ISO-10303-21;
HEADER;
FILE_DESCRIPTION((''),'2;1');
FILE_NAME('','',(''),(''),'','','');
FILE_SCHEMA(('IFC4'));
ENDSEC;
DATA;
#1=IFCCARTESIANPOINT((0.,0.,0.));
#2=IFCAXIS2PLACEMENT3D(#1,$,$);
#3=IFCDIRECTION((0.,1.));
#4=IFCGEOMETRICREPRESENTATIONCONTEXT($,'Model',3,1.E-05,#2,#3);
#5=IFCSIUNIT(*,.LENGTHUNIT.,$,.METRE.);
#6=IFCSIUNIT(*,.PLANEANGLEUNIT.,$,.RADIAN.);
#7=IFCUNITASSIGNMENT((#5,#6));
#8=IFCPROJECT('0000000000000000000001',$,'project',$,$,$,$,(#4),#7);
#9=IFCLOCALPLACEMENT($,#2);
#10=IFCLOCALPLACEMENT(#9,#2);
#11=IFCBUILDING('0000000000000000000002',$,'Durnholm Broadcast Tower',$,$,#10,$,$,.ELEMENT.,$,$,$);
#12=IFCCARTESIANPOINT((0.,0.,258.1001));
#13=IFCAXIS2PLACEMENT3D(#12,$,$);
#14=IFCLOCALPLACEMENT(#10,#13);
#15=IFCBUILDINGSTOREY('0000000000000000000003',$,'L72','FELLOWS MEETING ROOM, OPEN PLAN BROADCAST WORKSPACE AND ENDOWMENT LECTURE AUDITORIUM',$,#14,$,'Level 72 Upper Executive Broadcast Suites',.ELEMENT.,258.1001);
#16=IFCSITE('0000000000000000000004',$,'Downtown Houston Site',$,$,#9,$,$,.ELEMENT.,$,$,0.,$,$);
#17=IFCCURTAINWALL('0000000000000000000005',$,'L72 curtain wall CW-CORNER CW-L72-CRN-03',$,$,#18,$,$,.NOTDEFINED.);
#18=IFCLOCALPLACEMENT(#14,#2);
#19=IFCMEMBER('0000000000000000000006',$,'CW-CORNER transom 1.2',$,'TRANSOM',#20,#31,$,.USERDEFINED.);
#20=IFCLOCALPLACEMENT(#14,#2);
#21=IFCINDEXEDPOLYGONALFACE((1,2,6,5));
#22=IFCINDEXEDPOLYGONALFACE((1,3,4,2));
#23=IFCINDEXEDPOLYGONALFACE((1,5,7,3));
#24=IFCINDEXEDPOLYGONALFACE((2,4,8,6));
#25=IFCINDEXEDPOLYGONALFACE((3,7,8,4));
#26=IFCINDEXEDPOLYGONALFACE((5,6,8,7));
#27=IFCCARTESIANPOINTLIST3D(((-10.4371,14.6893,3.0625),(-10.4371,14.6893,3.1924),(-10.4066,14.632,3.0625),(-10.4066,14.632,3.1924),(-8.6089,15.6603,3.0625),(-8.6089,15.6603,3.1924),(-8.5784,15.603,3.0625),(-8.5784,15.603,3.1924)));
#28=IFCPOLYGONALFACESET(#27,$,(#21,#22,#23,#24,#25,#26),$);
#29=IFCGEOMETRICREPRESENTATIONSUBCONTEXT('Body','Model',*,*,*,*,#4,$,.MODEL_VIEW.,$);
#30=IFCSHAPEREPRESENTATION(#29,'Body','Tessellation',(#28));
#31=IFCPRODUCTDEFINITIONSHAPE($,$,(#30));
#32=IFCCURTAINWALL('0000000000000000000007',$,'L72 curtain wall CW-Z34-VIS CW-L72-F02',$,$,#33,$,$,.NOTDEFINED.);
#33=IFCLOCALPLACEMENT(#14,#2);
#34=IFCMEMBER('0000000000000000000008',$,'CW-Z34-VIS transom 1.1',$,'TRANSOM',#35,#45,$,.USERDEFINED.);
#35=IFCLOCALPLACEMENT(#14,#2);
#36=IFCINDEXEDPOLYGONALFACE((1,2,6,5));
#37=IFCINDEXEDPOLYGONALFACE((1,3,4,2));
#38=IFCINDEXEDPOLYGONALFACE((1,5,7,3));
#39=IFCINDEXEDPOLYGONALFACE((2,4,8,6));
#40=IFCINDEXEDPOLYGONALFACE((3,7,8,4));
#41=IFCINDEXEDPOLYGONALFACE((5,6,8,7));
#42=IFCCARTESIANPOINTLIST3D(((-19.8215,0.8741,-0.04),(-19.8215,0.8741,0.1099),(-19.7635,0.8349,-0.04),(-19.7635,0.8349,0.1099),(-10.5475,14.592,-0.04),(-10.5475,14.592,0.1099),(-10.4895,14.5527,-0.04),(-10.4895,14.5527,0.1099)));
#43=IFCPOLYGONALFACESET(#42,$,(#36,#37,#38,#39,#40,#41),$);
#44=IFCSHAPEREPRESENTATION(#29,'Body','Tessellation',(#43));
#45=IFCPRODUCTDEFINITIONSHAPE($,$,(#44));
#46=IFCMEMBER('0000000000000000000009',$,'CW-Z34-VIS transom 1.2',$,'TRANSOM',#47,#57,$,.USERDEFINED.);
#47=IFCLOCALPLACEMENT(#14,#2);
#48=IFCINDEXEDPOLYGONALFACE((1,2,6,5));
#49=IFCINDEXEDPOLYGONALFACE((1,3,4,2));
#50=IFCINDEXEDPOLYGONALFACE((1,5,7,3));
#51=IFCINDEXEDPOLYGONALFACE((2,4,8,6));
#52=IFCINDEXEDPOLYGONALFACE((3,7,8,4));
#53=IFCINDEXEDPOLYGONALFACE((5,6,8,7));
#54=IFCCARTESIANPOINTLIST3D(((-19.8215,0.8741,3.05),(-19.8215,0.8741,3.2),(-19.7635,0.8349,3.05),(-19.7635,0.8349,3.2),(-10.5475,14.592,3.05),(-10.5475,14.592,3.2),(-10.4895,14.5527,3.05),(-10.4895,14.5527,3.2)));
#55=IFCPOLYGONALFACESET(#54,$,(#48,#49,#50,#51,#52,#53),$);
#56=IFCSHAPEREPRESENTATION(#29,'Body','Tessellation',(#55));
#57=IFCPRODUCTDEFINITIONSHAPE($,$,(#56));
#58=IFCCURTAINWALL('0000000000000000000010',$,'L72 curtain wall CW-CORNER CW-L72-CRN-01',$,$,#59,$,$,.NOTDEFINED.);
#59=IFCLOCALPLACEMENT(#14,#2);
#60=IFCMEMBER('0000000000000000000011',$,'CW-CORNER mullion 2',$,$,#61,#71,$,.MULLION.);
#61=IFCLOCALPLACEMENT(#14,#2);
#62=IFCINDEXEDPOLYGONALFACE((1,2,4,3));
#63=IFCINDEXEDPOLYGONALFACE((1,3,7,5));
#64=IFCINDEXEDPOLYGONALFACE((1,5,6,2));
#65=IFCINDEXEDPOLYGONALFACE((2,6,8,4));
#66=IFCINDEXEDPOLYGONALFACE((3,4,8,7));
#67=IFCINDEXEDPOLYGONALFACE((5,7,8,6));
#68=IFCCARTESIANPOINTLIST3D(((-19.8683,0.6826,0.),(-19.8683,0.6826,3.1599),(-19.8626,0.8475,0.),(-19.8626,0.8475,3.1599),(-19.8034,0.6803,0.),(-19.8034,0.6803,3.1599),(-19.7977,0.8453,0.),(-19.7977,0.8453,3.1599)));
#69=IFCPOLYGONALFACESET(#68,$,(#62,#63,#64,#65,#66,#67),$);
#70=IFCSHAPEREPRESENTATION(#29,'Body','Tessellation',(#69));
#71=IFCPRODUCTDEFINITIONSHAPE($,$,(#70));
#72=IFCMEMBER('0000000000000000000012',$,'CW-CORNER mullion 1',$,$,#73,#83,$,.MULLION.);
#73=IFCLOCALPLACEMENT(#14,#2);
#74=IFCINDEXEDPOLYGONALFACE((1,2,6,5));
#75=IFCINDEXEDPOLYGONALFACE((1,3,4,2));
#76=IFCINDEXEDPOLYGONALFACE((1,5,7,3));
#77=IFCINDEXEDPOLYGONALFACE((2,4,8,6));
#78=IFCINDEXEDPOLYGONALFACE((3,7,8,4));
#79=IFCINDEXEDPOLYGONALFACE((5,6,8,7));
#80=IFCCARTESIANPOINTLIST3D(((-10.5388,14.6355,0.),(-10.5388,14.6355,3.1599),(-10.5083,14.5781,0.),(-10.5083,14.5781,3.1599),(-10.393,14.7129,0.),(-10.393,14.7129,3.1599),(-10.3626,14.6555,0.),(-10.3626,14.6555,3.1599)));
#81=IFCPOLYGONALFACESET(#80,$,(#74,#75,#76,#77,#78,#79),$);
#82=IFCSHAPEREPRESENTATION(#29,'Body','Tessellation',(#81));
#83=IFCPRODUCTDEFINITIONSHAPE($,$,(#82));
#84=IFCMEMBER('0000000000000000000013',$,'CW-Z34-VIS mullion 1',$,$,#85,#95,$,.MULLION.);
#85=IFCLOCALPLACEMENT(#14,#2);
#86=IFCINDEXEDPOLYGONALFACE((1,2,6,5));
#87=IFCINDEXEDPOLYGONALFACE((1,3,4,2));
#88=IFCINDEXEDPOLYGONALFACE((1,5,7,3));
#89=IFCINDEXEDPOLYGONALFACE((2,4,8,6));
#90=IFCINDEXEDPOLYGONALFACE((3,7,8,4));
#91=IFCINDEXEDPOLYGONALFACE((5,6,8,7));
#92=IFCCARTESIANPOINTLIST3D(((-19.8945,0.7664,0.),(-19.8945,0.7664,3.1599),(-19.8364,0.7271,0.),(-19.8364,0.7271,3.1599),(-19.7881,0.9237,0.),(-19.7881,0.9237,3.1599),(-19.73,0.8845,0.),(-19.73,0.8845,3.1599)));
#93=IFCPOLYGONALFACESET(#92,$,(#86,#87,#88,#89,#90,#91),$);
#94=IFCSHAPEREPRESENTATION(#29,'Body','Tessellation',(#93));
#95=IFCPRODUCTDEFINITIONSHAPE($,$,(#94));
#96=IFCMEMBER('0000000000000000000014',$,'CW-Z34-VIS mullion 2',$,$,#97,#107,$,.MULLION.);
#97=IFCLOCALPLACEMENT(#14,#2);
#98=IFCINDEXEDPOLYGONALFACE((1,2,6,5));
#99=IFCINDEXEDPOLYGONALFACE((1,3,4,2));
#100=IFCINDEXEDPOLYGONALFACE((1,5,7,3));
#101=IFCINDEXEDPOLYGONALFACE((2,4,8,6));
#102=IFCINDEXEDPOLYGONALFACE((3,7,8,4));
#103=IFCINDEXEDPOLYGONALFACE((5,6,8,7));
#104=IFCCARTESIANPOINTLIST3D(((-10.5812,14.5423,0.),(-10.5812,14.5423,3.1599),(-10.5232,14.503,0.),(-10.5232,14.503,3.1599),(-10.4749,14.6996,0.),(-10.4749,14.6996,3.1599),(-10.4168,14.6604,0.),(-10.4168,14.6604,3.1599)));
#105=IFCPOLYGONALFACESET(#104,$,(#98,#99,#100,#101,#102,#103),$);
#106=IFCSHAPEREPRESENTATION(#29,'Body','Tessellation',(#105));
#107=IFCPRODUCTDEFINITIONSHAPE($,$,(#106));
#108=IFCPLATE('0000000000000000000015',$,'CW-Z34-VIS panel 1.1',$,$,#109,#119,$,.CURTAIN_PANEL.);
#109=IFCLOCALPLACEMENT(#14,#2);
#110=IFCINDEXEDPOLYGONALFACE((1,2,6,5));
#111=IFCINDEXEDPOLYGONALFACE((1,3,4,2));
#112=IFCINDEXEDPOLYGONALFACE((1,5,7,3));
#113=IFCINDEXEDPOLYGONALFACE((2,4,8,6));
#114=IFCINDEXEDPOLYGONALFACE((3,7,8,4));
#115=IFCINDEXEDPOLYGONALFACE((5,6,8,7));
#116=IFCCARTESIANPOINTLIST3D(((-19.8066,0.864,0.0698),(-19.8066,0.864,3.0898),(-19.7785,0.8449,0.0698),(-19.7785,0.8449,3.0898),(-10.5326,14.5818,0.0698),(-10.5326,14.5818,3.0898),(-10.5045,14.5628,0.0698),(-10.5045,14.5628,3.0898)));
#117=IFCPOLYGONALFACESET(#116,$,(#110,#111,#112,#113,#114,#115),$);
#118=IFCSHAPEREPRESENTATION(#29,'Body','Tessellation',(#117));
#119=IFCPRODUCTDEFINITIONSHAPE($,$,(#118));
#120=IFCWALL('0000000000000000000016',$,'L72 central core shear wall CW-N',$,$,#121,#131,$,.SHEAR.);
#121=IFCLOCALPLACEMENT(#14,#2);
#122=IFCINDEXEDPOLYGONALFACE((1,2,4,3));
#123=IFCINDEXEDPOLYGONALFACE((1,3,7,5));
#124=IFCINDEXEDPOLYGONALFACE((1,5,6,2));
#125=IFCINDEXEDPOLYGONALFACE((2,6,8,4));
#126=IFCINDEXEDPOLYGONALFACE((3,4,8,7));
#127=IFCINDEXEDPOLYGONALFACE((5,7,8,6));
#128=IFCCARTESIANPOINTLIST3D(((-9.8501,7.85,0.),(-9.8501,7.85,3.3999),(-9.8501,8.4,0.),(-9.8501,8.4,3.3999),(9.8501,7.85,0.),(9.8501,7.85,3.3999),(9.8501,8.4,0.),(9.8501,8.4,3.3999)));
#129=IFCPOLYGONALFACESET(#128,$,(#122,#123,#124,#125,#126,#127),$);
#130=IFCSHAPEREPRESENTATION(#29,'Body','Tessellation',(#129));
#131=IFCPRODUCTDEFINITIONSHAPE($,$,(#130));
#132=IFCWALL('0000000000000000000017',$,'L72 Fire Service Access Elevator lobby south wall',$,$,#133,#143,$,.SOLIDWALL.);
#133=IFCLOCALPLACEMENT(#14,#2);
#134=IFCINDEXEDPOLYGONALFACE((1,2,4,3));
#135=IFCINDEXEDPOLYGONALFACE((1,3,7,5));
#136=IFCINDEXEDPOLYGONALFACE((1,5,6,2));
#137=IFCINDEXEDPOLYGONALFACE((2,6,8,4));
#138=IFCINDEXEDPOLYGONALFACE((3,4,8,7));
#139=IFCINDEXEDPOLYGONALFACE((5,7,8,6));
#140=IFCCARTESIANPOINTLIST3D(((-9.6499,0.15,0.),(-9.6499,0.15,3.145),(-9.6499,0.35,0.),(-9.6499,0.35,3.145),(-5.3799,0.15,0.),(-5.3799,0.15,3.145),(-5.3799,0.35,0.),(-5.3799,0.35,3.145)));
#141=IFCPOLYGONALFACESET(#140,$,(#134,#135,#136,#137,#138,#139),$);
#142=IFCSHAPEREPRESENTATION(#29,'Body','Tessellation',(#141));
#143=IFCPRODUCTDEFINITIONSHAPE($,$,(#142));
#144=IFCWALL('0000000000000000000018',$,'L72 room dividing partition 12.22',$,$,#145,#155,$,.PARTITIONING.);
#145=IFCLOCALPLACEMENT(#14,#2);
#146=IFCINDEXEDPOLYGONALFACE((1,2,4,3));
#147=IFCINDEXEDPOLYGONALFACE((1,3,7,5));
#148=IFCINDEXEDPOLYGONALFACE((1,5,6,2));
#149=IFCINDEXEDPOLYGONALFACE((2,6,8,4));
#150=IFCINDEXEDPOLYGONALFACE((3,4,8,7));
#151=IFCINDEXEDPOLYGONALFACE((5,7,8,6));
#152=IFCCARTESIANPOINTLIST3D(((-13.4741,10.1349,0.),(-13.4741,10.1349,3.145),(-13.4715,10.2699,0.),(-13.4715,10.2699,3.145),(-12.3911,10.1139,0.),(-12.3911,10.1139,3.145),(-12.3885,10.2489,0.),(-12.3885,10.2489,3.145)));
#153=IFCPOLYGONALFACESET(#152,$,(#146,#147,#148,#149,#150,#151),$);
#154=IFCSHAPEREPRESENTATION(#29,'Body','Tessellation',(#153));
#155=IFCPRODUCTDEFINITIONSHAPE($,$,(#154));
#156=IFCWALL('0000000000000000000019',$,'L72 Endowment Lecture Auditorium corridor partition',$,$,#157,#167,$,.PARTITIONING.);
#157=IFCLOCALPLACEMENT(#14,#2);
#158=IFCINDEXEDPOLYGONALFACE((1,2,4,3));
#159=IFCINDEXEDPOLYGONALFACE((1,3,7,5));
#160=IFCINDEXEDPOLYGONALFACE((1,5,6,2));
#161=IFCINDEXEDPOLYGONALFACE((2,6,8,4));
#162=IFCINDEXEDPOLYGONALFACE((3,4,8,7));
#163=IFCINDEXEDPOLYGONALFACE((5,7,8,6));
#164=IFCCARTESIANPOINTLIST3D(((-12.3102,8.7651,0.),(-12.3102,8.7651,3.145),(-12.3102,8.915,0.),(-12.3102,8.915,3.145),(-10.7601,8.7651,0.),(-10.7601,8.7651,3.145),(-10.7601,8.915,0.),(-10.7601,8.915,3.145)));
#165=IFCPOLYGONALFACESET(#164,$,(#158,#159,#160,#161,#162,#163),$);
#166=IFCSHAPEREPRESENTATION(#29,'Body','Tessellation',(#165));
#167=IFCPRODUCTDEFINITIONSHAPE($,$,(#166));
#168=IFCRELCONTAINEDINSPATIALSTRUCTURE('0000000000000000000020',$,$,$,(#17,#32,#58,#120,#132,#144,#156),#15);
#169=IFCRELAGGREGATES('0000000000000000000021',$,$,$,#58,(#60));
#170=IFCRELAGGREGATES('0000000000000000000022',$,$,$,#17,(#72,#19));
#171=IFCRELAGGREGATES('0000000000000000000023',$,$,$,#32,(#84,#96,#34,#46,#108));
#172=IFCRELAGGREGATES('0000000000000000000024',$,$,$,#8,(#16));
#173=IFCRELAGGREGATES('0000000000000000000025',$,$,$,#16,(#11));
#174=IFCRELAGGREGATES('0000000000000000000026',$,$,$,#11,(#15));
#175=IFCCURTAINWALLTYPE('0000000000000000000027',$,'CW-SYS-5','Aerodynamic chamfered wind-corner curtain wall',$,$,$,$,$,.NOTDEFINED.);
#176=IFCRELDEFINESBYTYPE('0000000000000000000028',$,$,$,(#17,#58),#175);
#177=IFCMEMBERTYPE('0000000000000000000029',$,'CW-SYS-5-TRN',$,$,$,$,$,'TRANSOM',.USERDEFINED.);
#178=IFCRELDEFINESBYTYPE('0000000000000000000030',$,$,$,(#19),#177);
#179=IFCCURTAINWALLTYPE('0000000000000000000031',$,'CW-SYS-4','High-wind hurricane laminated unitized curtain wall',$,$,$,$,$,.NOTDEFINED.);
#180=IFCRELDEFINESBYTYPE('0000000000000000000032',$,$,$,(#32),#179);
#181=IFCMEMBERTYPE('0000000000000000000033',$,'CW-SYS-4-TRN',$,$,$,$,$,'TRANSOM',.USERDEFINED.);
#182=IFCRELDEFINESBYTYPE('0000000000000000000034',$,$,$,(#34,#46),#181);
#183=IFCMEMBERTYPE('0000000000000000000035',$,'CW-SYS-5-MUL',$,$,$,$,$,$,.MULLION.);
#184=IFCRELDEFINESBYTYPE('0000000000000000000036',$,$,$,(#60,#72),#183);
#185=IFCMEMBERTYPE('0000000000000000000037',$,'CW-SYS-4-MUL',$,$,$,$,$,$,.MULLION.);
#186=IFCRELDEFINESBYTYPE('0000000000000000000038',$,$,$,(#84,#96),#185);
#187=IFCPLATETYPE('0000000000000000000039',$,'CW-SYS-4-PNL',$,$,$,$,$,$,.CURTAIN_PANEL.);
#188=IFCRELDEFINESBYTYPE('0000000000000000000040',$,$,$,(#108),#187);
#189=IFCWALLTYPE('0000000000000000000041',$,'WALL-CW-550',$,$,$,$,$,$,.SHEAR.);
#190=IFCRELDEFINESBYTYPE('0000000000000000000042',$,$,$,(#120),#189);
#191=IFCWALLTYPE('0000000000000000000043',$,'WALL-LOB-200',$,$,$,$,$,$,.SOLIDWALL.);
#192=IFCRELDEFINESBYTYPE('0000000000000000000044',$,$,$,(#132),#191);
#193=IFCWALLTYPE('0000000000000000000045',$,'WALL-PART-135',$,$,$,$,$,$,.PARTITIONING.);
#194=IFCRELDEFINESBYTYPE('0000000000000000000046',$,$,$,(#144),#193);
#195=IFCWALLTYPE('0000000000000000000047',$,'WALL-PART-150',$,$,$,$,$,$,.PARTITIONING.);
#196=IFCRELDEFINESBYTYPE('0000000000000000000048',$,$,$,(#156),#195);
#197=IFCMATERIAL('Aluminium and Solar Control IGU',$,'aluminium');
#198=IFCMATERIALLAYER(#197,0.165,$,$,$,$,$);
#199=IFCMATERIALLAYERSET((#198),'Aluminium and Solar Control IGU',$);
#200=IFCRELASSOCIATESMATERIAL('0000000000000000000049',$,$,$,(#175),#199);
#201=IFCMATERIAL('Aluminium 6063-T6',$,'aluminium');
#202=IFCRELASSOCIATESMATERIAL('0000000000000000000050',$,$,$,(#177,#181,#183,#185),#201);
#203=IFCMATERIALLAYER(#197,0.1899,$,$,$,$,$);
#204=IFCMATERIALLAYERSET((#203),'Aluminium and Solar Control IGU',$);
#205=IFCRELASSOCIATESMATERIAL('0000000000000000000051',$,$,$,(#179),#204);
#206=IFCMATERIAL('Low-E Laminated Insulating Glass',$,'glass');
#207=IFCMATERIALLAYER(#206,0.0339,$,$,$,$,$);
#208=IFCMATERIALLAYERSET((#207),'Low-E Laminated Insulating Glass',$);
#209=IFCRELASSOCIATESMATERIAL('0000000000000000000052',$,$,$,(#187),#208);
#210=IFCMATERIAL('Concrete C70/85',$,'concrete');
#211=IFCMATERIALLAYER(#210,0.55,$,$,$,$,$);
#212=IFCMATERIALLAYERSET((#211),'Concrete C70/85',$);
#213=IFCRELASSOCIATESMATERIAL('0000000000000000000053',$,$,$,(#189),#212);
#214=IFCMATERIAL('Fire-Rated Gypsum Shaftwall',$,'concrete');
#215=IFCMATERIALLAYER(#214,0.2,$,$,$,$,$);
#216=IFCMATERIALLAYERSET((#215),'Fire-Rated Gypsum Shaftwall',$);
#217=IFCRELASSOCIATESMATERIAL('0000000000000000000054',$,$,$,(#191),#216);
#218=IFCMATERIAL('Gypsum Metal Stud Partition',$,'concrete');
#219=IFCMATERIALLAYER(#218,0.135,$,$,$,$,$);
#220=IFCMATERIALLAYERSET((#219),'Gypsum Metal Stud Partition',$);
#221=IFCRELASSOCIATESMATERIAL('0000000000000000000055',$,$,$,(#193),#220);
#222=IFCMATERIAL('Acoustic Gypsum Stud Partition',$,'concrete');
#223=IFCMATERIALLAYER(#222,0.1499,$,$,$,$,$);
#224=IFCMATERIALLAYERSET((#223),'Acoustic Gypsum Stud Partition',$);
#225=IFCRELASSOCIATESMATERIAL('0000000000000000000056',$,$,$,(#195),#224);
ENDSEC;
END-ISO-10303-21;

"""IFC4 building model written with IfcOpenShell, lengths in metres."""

from ifc_helpers import new_model, si_unit, direction, frame, frame_2d, origin, origin_2d, place, context, subcontext, project, spatial, rectangle, extrude, source, transform, mapped, material, layer, layer_set, material_profile, profile_set, type_object, type_shapes, element, aggregate, save


model = new_model("IFC4")

# Units and contexts
model_context = context("Model", 3, precision=1e-05, world=origin(), true_north=direction((0.0, 1.0)))
body_context = subcontext(model_context, "Body", "Model", "MODEL_VIEW")
ifc_project = project(units=[si_unit("LENGTHUNIT", "METRE"), si_unit("PLANEANGLEUNIT", "RADIAN")], contexts=[model_context])

# Site, building, storey
site_placement = place(None, origin())
site = spatial("IfcSite", under=ifc_project, at=site_placement, Name="Downtown Houston Site", CompositionType="ELEMENT", RefElevation=0.0)
building_placement = place(site_placement, origin())
building = spatial("IfcBuilding", under=site, at=building_placement, Name="Durnholm Broadcast Tower", CompositionType="ELEMENT")
storey_placement = place(building_placement, frame((0.0, 0.0, 258.1001)))
storey = spatial("IfcBuildingStorey", under=building, at=storey_placement, Name="L72", Description="FELLOWS MEETING ROOM, OPEN PLAN BROADCAST WORKSPACE AND ENDOWMENT LECTURE AUDITORIUM", LongName="Level 72 Upper Executive Broadcast Suites", CompositionType="ELEMENT", Elevation=258.1001)

# Shared definitions
ifc_material_1 = material(Name="Concrete C70/85", Category="concrete")

# Curtain walls, members
ifc_material_2 = material(Name="Aluminium and Solar Control IGU", Category="aluminium")
ifc_layer_1 = layer(ifc_material_2, 0.165)
ifc_layer_set_1 = layer_set([ifc_layer_1], Name="Aluminium and Solar Control IGU")
curtain_wall_type_1 = type_object("IfcCurtainWallType", Name="CW-SYS-5", Description="Aerodynamic chamfered wind-corner curtain wall", PredefinedType="NOTDEFINED", material=ifc_layer_set_1)
curtain_wall_1_placement = place(storey_placement, origin())
curtain_wall_1 = element("IfcCurtainWall", 1, at=curtain_wall_1_placement, inside=storey, type_object=curtain_wall_type_1, Name="L72 curtain wall CW-CORNER CW-L72-CRN-03", PredefinedType="NOTDEFINED")
ifc_material_3 = material(Name="Aluminium 6063-T6", Category="aluminium")
ifc_material_profile_1 = material_profile(ifc_material_3, rectangle(XDim=0.0649, YDim=0.1299, at=origin_2d()), Name="CWT65X130")
ifc_profile_set_1 = profile_set([ifc_material_profile_1], Name="Aluminium 6063-T6")
member_type_1 = type_object("IfcMemberType", Name="CW-SYS-5-TRN", ElementType="TRANSOM", PredefinedType="USERDEFINED", material=ifc_profile_set_1)
shared_shape_1 = source(origin(), body_context, "Body", "SweptSolid", [
    extrude(rectangle(XDim=0.0649, YDim=0.1299, at=origin_2d()), origin(), (0.0, 0.0, 1.0), 2.0701),
])
type_shapes(member_type_1, [shared_shape_1])
member_1_placement = place(storey_placement, frame((-10.4219, 14.6606, 3.1274), z_axis=(0.883165, 0.469063, 0.0), x_axis=(-0.469063, 0.883165, 0.0)))
member_1 = element("IfcMember", 2, at=member_1_placement, type_object=member_type_1, Name="CW-CORNER transom 1.2", ObjectType="TRANSOM", PredefinedType="USERDEFINED", context=body_context, shape_type="MappedRepresentation", body=[
    mapped(shared_shape_1, transform((0.0, 0.0, 0.0), x_axis=(1.0, 0.0, 0.0), y_axis=(0.0, 1.0, 0.0), z_axis=(0.0, 0.0, 1.0), scale=1.0)),
])
ifc_layer_2 = layer(ifc_material_2, 0.1899)
ifc_layer_set_2 = layer_set([ifc_layer_2], Name="Aluminium and Solar Control IGU")
curtain_wall_type_2 = type_object("IfcCurtainWallType", Name="CW-SYS-4", Description="High-wind hurricane laminated unitized curtain wall", PredefinedType="NOTDEFINED", material=ifc_layer_set_2)
curtain_wall_2_placement = place(storey_placement, origin())
curtain_wall_2 = element("IfcCurtainWall", 3, at=curtain_wall_2_placement, inside=storey, type_object=curtain_wall_type_2, Name="L72 curtain wall CW-Z34-VIS CW-L72-F02", PredefinedType="NOTDEFINED")
ifc_material_profile_2 = material_profile(ifc_material_3, rectangle(XDim=0.0701, YDim=0.1499, at=origin_2d()), Name="CWT70X150")
ifc_profile_set_2 = profile_set([ifc_material_profile_2], Name="Aluminium 6063-T6")
member_type_2 = type_object("IfcMemberType", Name="CW-SYS-4-TRN", ElementType="TRANSOM", PredefinedType="USERDEFINED", material=ifc_profile_set_2)
shared_shape_2 = source(origin(), body_context, "Body", "SweptSolid", [
    extrude(rectangle(XDim=0.0701, YDim=0.1499, at=origin_2d()), origin(), (0.0, 0.0, 1.0), 16.5586),
])
type_shapes(member_type_2, [shared_shape_2])
member_2_placement = place(storey_placement, frame((-19.7925, 0.8545, 0.0349), z_axis=(0.560071, 0.828444, 0.0), x_axis=(-0.828444, 0.560071, 0.0)))
member_2 = element("IfcMember", 4, at=member_2_placement, type_object=member_type_2, Name="CW-Z34-VIS transom 1.1", ObjectType="TRANSOM", PredefinedType="USERDEFINED", context=body_context, shape_type="MappedRepresentation", body=[
    mapped(shared_shape_2, transform((0.0, 0.0, 0.0), x_axis=(1.0, 0.0, 0.0), y_axis=(0.0, 1.0, 0.0), z_axis=(0.0, 0.0, 1.0), scale=1.0)),
])
member_3_placement = place(storey_placement, frame((-19.7925, 0.8545, 3.125), z_axis=(0.560071, 0.828444, 0.0), x_axis=(-0.828444, 0.560071, 0.0)))
member_3 = element("IfcMember", 5, at=member_3_placement, type_object=member_type_2, Name="CW-Z34-VIS transom 1.2", ObjectType="TRANSOM", PredefinedType="USERDEFINED", context=body_context, shape_type="MappedRepresentation", body=[
    mapped(shared_shape_2, transform((0.0, 0.0, 0.0), x_axis=(1.0, 0.0, 0.0), y_axis=(0.0, 1.0, 0.0), z_axis=(0.0, 0.0, 1.0), scale=1.0)),
])

# Curtain wall, member
curtain_wall_3_placement = place(storey_placement, origin())
curtain_wall_3 = element("IfcCurtainWall", 6, at=curtain_wall_3_placement, inside=storey, type_object=curtain_wall_type_1, Name="L72 curtain wall CW-CORNER CW-L72-CRN-01", PredefinedType="NOTDEFINED")
ifc_material_profile_3 = material_profile(ifc_material_3, rectangle(XDim=0.0649, YDim=0.165, at=origin_2d()), Name="CWM65X165")
ifc_profile_set_3 = profile_set([ifc_material_profile_3], Name="Aluminium 6063-T6")
member_type_3 = type_object("IfcMemberType", Name="CW-SYS-5-MUL", PredefinedType="MULLION", material=ifc_profile_set_3)
shared_shape_3 = source(origin(), body_context, "Body", "SweptSolid", [
    extrude(rectangle(XDim=0.0649, YDim=0.165, at=origin_2d()), origin(), (0.0, 0.0, 1.0), 3.1599),
])
type_shapes(member_type_3, [shared_shape_3])
member_4_placement = place(storey_placement, frame((-19.833, 0.7639, 0.0), z_axis=(0.0, 0.0, 1.0), x_axis=(-0.999411, 0.034318, 0.0)))
member_4 = element("IfcMember", 7, at=member_4_placement, type_object=member_type_3, Name="CW-CORNER mullion 2", PredefinedType="MULLION", context=body_context, shape_type="MappedRepresentation", body=[
    mapped(shared_shape_3, transform((0.0, 0.0, 0.0), x_axis=(1.0, 0.0, 0.0), y_axis=(0.0, 1.0, 0.0), z_axis=(0.0, 0.0, 1.0), scale=1.0)),
])
aggregate(curtain_wall_3, [member_4])

# Members
member_5_placement = place(storey_placement, frame((-10.4507, 14.6455, 0.0), z_axis=(0.0, 0.0, 1.0), x_axis=(-0.469007, 0.883195, 0.0)))
member_5 = element("IfcMember", 8, at=member_5_placement, type_object=member_type_3, Name="CW-CORNER mullion 1", PredefinedType="MULLION", context=body_context, shape_type="MappedRepresentation", body=[
    mapped(shared_shape_3, transform((0.0, 0.0, 0.0), x_axis=(1.0, 0.0, 0.0), y_axis=(0.0, 1.0, 0.0), z_axis=(0.0, 0.0, 1.0), scale=1.0)),
])
aggregate(curtain_wall_1, [member_5, member_1])
ifc_material_profile_4 = material_profile(ifc_material_3, rectangle(XDim=0.0701, YDim=0.1899, at=origin_2d()), Name="CWM70X190")
ifc_profile_set_4 = profile_set([ifc_material_profile_4], Name="Aluminium 6063-T6")
member_type_4 = type_object("IfcMemberType", Name="CW-SYS-4-MUL", PredefinedType="MULLION", material=ifc_profile_set_4)
shared_shape_4 = source(origin(), body_context, "Body", "SweptSolid", [
    extrude(rectangle(XDim=0.0701, YDim=0.1899, at=origin_2d()), origin(), (0.0, 0.0, 1.0), 3.1599),
])
type_shapes(member_type_4, [shared_shape_4])
member_6_placement = place(storey_placement, frame((-19.8123, 0.8254, 0.0), z_axis=(0.0, 0.0, 1.0), x_axis=(-0.828443, 0.560073, 0.0)))
member_6 = element("IfcMember", 9, at=member_6_placement, type_object=member_type_4, Name="CW-Z34-VIS mullion 1", PredefinedType="MULLION", context=body_context, shape_type="MappedRepresentation", body=[
    mapped(shared_shape_4, transform((0.0, 0.0, 0.0), x_axis=(1.0, 0.0, 0.0), y_axis=(0.0, 1.0, 0.0), z_axis=(0.0, 0.0, 1.0), scale=1.0)),
])
member_7_placement = place(storey_placement, frame((-10.499, 14.6013, 0.0), z_axis=(0.0, 0.0, 1.0), x_axis=(-0.828443, 0.560073, 0.0)))
member_7 = element("IfcMember", 10, at=member_7_placement, type_object=member_type_4, Name="CW-Z34-VIS mullion 2", PredefinedType="MULLION", context=body_context, shape_type="MappedRepresentation", body=[
    mapped(shared_shape_4, transform((0.0, 0.0, 0.0), x_axis=(1.0, 0.0, 0.0), y_axis=(0.0, 1.0, 0.0), z_axis=(0.0, 0.0, 1.0), scale=1.0)),
])

# Plate
ifc_material_4 = material(Name="Low-E Laminated Insulating Glass", Category="glass")
ifc_layer_3 = layer(ifc_material_4, 0.0339)
ifc_layer_set_3 = layer_set([ifc_layer_3], Name="Low-E Laminated Insulating Glass")
plate_type = type_object("IfcPlateType", Name="CW-SYS-4-PNL", PredefinedType="CURTAIN_PANEL", material=ifc_layer_set_3)
shared_shape_5 = source(origin(), body_context, "Body", "SweptSolid", [
    extrude(rectangle(XDim=16.5586, YDim=0.0339, at=origin_2d()), origin(), (0.0, 0.0, 1.0), 3.02),
])
type_shapes(plate_type, [shared_shape_5])
plate_placement = place(storey_placement, frame((-15.1555, 7.7134, 0.0698), z_axis=(0.0, 0.0, 1.0), x_axis=(0.560073, 0.828443, 0.0)))
plate = element("IfcPlate", 11, at=plate_placement, type_object=plate_type, Name="CW-Z34-VIS panel 1.1", PredefinedType="CURTAIN_PANEL", context=body_context, shape_type="MappedRepresentation", body=[
    mapped(shared_shape_5, transform((0.0, 0.0, 0.0), x_axis=(1.0, 0.0, 0.0), y_axis=(0.0, 1.0, 0.0), z_axis=(0.0, 0.0, 1.0), scale=1.0)),
])
aggregate(curtain_wall_2, [member_6, member_7, member_2, member_3, plate])

# Walls
ifc_layer_4 = layer(ifc_material_1, 0.55)
ifc_layer_set_4 = layer_set([ifc_layer_4], Name="Concrete C70/85")
wall_type_1 = type_object("IfcWallType", Name="WALL-CW-550", PredefinedType="SHEAR", material=ifc_layer_set_4)
wall_1_placement = place(storey_placement, frame((-9.8501, 8.125, 0.0), z_axis=(0.0, 0.0, 1.0), x_axis=(1.0, 0.0, 0.0)))
element("IfcWall", 12, at=wall_1_placement, inside=storey, type_object=wall_type_1, Name="L72 central core shear wall CW-N", PredefinedType="SHEAR", context=body_context, shape_type="SweptSolid", body=[
    extrude(rectangle(XDim=19.7002, YDim=0.55, at=frame_2d((9.8501, 0.0))), origin(), (0.0, 0.0, 1.0), 3.3999),
])
ifc_material_5 = material(Name="Fire-Rated Gypsum Shaftwall", Category="concrete")
ifc_layer_5 = layer(ifc_material_5, 0.2)
ifc_layer_set_5 = layer_set([ifc_layer_5], Name="Fire-Rated Gypsum Shaftwall")
wall_type_2 = type_object("IfcWallType", Name="WALL-LOB-200", PredefinedType="SOLIDWALL", material=ifc_layer_set_5)
wall_2_placement = place(storey_placement, frame((-9.6499, 0.25, 0.0), z_axis=(0.0, 0.0, 1.0), x_axis=(1.0, 0.0, 0.0)))
element("IfcWall", 13, at=wall_2_placement, inside=storey, type_object=wall_type_2, Name="L72 Fire Service Access Elevator lobby south wall", PredefinedType="SOLIDWALL", context=body_context, shape_type="SweptSolid", body=[
    extrude(rectangle(XDim=4.27, YDim=0.2, at=frame_2d((2.135, 0.0))), origin(), (0.0, 0.0, 1.0), 3.145),
])
ifc_material_6 = material(Name="Gypsum Metal Stud Partition", Category="concrete")
ifc_layer_6 = layer(ifc_material_6, 0.135)
ifc_layer_set_6 = layer_set([ifc_layer_6], Name="Gypsum Metal Stud Partition")
wall_type_3 = type_object("IfcWallType", Name="WALL-PART-135", PredefinedType="PARTITIONING", material=ifc_layer_set_6)
wall_3_placement = place(storey_placement, frame((-12.3899, 10.1814, 0.0), z_axis=(0.0, 0.0, 1.0), x_axis=(-0.999812, 0.019383, 0.0)))
element("IfcWall", 14, at=wall_3_placement, inside=storey, type_object=wall_type_3, Name="L72 room dividing partition 12.22", PredefinedType="PARTITIONING", context=body_context, shape_type="SweptSolid", body=[
    extrude(rectangle(XDim=1.0833, YDim=0.135, at=frame_2d((0.5415, 0.0))), origin(), (0.0, 0.0, 1.0), 3.145),
])
ifc_material_7 = material(Name="Acoustic Gypsum Stud Partition", Category="concrete")
ifc_layer_7 = layer(ifc_material_7, 0.1499)
ifc_layer_set_7 = layer_set([ifc_layer_7], Name="Acoustic Gypsum Stud Partition")
wall_type_4 = type_object("IfcWallType", Name="WALL-PART-150", PredefinedType="PARTITIONING", material=ifc_layer_set_7)
wall_4_placement = place(storey_placement, frame((-12.3101, 8.8401, 0.0), z_axis=(0.0, 0.0, 1.0), x_axis=(1.0, 0.0, 0.0)))
element("IfcWall", 15, at=wall_4_placement, inside=storey, type_object=wall_type_4, Name="L72 Endowment Lecture Auditorium corridor partition", PredefinedType="PARTITIONING", context=body_context, shape_type="SweptSolid", body=[
    extrude(rectangle(XDim=1.55, YDim=0.1499, at=frame_2d((0.7749, 0.0))), origin(), (0.0, 0.0, 1.0), 3.145),
])

save(model, "model.ifc")
